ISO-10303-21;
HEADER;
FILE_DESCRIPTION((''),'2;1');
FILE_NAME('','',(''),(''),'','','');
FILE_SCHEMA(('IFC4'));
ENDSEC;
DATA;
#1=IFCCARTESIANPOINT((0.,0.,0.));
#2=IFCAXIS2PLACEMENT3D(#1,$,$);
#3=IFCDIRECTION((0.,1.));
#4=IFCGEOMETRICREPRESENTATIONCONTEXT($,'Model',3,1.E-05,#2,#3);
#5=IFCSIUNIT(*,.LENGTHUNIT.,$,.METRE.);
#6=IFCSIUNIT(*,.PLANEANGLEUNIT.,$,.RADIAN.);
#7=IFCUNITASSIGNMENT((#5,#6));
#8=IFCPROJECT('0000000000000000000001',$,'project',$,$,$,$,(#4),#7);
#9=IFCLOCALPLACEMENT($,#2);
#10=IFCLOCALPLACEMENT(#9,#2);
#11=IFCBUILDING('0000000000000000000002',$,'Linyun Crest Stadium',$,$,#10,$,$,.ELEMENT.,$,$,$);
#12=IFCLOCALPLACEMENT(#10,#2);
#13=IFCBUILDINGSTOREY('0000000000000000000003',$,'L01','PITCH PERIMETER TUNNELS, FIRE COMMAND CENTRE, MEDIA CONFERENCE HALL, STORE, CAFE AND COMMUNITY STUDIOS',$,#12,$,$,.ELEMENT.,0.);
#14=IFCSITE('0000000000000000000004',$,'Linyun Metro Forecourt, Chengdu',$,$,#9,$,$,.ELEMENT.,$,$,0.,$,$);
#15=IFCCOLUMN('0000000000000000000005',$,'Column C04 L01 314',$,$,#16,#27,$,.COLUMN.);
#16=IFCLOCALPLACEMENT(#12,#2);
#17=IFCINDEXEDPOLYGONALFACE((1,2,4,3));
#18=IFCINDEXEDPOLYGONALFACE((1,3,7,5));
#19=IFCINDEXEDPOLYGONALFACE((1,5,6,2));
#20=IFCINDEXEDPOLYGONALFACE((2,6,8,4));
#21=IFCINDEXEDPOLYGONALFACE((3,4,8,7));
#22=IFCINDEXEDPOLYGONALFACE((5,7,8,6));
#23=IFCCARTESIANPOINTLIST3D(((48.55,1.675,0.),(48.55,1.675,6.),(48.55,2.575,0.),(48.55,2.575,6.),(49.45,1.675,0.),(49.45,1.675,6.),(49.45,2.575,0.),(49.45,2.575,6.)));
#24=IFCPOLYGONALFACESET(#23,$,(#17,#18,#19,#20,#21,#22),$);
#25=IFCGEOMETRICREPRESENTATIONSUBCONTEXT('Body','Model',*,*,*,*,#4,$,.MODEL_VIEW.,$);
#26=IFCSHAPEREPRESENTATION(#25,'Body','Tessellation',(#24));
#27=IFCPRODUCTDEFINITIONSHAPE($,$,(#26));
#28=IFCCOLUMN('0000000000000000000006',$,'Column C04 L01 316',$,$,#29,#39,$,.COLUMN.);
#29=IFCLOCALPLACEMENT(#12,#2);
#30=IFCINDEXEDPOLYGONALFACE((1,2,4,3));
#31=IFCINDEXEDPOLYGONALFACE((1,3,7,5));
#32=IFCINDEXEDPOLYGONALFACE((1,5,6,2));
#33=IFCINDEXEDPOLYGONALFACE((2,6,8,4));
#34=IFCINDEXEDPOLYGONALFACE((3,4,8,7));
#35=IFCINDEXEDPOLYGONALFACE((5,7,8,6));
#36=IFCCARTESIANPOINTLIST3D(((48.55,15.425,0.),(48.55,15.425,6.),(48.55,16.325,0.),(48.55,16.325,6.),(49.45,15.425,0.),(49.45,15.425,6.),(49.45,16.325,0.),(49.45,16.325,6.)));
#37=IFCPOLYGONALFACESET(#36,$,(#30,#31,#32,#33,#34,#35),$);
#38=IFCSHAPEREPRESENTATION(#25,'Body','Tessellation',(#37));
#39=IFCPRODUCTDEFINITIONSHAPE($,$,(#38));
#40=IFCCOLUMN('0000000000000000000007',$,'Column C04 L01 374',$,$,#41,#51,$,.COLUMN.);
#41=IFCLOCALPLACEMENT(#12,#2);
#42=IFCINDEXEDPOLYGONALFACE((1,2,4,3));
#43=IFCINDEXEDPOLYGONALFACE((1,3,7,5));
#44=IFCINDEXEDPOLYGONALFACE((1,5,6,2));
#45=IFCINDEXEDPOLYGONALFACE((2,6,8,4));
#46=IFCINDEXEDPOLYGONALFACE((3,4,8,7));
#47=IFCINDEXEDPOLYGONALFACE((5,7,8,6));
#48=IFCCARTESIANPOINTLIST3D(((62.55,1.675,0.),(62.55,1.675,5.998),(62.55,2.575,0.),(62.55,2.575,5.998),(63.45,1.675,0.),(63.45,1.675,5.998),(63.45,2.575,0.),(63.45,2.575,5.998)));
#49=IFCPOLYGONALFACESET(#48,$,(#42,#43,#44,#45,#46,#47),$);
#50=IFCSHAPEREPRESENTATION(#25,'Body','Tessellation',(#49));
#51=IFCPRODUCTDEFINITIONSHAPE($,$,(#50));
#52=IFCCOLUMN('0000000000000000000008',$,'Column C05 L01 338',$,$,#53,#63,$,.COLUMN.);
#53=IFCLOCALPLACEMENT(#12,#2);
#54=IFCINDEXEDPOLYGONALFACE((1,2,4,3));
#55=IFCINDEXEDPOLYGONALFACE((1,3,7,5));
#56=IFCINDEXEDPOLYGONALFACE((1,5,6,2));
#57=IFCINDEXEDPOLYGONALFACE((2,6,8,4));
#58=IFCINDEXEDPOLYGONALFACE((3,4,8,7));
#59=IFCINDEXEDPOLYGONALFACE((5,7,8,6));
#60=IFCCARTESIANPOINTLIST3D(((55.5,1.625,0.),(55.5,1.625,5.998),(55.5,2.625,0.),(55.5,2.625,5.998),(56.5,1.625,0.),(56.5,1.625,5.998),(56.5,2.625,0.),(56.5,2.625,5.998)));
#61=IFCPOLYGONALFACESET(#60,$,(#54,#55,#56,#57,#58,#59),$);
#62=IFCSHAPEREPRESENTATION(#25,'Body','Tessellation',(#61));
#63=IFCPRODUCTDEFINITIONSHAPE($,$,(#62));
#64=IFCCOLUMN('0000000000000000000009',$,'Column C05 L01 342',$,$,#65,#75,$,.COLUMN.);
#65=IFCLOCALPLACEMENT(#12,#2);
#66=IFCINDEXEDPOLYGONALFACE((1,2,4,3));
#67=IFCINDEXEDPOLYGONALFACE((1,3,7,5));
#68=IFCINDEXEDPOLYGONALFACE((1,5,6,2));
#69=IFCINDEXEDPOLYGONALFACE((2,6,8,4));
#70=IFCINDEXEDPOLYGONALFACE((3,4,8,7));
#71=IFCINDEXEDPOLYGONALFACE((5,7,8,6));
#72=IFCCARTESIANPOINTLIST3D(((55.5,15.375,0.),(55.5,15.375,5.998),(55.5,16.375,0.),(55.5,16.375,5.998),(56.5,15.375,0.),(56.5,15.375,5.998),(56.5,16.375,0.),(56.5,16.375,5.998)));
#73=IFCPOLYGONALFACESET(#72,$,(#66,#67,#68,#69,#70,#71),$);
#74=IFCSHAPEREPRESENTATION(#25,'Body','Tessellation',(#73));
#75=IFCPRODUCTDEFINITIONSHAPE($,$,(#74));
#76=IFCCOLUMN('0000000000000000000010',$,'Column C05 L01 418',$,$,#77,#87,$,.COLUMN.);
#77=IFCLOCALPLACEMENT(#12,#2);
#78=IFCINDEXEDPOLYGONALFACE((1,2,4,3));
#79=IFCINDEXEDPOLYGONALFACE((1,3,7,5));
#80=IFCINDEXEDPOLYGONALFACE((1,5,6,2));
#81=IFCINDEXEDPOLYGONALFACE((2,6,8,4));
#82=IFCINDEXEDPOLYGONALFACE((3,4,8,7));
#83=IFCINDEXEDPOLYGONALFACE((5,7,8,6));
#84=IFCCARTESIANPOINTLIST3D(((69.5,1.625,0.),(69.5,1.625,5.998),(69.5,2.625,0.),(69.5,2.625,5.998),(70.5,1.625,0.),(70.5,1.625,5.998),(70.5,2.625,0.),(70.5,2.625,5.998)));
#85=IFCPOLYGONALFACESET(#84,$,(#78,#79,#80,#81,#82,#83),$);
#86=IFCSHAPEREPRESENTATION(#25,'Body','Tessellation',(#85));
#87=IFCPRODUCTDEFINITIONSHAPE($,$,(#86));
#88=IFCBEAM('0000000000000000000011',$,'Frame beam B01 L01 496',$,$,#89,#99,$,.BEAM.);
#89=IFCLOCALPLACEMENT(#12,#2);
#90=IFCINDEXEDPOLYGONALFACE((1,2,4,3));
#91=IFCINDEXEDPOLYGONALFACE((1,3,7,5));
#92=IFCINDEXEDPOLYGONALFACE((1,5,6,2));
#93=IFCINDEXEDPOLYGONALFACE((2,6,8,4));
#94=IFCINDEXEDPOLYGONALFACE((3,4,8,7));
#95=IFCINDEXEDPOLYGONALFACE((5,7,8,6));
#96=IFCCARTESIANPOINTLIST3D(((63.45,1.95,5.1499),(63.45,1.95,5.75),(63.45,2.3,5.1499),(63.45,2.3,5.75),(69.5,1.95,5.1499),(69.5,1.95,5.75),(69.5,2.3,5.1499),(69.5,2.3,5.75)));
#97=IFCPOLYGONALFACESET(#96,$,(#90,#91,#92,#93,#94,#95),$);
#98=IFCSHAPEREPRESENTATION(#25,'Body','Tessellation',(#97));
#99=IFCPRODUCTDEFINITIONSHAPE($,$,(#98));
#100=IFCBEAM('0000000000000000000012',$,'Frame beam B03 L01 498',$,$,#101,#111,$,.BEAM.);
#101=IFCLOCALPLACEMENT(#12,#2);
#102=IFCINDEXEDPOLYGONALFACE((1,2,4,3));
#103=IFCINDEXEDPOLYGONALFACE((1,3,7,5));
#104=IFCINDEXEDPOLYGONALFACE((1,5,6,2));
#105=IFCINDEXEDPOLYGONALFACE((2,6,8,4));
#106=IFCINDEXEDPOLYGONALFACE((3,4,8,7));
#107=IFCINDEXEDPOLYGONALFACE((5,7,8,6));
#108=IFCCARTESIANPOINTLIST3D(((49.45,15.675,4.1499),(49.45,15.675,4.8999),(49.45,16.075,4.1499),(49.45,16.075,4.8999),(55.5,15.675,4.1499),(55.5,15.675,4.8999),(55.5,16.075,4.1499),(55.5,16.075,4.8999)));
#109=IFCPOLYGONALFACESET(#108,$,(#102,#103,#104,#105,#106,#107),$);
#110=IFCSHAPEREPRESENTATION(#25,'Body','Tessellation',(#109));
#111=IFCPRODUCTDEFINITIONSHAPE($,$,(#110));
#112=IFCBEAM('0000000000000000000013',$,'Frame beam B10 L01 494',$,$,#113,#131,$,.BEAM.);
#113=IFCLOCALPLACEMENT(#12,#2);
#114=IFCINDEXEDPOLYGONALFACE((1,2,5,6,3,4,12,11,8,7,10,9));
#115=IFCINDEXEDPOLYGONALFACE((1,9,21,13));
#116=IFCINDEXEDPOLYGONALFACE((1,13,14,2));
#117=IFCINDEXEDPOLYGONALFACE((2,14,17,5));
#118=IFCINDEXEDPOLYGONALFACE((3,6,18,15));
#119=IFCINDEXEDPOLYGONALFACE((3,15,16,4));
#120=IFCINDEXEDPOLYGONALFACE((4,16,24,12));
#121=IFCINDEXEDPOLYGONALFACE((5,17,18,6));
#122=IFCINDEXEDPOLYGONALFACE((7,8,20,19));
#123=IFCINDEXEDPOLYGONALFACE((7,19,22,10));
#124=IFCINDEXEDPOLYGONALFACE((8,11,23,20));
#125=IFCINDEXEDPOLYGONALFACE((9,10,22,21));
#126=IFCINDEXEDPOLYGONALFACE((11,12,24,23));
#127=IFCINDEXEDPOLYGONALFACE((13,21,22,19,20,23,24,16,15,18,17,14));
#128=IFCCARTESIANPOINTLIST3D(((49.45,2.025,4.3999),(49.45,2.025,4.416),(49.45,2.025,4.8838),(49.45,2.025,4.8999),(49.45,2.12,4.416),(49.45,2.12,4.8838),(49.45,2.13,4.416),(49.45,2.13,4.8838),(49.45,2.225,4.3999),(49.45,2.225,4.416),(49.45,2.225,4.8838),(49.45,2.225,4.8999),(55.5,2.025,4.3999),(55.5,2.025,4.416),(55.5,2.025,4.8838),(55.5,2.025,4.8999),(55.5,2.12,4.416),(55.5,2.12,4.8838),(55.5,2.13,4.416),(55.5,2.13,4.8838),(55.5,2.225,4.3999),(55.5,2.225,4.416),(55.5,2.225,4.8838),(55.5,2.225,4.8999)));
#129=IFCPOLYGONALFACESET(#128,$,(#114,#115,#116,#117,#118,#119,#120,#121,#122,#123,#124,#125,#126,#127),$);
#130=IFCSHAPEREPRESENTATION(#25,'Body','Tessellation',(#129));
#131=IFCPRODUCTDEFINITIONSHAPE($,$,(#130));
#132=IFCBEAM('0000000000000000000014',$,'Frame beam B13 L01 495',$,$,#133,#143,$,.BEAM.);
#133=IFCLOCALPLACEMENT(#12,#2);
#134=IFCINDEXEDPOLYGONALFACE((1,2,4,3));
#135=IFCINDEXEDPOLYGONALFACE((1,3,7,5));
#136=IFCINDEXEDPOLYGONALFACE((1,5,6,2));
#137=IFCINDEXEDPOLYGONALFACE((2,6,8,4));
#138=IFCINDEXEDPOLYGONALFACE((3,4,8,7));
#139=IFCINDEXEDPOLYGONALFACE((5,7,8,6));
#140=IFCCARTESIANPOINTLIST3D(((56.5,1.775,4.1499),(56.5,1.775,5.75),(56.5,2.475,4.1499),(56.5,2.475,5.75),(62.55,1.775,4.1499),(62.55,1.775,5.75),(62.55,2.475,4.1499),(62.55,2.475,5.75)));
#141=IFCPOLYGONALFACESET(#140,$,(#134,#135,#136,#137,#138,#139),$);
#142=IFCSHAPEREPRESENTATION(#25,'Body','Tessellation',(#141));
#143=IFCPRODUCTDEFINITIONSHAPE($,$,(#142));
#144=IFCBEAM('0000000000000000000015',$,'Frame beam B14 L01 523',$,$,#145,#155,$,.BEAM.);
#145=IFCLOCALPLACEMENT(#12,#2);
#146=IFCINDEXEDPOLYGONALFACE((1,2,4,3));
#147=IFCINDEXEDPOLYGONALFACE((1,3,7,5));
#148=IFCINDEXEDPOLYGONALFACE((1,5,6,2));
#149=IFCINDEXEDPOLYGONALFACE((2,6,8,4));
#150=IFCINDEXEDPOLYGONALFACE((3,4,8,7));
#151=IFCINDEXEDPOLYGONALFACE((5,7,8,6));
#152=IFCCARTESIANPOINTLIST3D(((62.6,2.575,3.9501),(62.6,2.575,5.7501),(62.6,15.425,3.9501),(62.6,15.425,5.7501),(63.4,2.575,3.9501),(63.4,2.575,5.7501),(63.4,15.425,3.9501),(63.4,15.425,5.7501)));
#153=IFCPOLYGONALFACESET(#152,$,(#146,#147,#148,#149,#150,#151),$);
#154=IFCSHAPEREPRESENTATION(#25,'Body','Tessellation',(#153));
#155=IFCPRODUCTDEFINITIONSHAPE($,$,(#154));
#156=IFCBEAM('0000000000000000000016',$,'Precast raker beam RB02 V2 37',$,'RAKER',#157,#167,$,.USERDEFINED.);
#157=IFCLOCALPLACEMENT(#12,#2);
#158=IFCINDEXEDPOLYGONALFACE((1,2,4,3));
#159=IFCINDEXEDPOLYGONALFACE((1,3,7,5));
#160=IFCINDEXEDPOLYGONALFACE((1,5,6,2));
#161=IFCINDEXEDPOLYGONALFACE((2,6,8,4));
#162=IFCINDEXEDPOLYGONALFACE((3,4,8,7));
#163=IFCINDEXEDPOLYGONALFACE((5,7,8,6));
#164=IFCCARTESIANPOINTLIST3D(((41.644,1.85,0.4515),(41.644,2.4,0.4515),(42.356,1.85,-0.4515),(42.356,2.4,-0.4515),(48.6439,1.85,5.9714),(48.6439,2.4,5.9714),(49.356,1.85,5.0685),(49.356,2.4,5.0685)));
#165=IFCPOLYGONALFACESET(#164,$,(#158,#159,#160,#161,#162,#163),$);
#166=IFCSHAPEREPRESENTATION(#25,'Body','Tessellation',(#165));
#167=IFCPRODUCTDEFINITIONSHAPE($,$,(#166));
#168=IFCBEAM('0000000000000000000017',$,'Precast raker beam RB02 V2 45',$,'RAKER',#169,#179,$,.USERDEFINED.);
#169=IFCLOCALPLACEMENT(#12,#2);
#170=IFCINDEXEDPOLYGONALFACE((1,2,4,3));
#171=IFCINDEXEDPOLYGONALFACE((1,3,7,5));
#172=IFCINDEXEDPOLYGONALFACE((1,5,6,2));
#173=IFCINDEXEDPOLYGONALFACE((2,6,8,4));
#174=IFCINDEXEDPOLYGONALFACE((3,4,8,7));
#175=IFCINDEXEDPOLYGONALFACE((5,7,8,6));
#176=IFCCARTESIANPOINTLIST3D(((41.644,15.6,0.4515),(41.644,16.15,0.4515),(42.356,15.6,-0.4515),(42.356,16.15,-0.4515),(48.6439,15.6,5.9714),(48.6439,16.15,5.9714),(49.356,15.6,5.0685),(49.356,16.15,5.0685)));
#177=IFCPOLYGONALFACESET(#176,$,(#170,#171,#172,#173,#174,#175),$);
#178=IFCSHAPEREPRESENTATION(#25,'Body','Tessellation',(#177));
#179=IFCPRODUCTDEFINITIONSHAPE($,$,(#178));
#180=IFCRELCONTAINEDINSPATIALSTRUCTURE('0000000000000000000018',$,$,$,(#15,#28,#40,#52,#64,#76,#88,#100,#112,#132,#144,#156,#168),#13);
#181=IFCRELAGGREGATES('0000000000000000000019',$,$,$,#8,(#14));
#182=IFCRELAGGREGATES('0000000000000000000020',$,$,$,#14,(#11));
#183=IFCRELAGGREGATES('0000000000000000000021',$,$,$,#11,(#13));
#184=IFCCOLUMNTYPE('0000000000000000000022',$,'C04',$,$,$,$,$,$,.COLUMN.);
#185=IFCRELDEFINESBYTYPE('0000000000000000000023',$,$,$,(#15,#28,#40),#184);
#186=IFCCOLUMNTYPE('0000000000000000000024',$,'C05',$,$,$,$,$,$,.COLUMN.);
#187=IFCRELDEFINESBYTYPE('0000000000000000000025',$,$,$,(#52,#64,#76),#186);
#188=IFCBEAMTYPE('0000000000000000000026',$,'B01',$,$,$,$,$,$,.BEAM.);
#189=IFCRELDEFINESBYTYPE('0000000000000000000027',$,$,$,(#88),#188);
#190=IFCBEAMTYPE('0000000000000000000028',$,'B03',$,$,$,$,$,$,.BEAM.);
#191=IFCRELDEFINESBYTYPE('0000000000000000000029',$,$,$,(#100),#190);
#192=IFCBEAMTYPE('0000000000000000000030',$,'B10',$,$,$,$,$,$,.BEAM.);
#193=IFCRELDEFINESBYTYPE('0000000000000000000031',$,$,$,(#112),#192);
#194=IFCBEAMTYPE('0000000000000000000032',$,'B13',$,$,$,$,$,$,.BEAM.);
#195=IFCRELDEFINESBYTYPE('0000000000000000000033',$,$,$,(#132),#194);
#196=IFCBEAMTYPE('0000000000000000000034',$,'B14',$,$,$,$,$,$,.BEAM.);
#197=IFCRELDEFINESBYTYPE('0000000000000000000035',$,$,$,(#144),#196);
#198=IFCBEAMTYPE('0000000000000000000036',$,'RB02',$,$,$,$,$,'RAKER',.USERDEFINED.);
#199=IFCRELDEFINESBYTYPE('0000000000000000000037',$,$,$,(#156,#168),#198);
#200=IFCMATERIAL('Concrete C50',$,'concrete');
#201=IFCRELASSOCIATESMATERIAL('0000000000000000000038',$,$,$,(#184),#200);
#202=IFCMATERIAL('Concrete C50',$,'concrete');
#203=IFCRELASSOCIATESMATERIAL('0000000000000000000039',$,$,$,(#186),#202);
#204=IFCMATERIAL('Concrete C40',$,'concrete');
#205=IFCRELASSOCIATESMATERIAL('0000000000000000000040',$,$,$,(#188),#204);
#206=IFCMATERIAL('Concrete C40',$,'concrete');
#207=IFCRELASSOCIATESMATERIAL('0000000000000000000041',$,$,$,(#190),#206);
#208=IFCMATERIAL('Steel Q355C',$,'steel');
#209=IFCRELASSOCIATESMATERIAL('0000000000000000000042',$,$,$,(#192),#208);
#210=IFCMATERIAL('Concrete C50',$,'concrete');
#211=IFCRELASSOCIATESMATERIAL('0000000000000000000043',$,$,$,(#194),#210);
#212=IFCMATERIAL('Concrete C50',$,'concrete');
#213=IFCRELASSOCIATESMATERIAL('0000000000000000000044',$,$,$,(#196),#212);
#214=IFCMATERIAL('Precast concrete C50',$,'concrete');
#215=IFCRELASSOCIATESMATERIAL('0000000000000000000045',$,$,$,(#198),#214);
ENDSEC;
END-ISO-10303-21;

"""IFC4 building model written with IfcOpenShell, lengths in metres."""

from ifc_helpers import new_model, si_unit, direction, frame, origin, origin_2d, place, context, subcontext, project, spatial, rectangle, i_section, extrude, material, material_profile, profile_set, type_object, element, save


model = new_model("IFC4")

# Units and contexts
model_context = context("Model", 3, precision=1e-05, world=origin(), true_north=direction((0.0, 1.0)))
body_context = subcontext(model_context, "Body", "Model", "MODEL_VIEW")
ifc_project = project(units=[si_unit("LENGTHUNIT", "METRE"), si_unit("PLANEANGLEUNIT", "RADIAN")], contexts=[model_context])

# Site, building, storey
site_placement = place(None, origin())
site = spatial("IfcSite", under=ifc_project, at=site_placement, Name="Linyun Metro Forecourt, Chengdu", CompositionType="ELEMENT", RefElevation=0.0)
building_placement = place(site_placement, origin())
building = spatial("IfcBuilding", under=site, at=building_placement, Name="Linyun Crest Stadium", CompositionType="ELEMENT")
storey_placement = place(building_placement, origin())
storey = spatial("IfcBuildingStorey", under=building, at=storey_placement, Name="L01", Description="PITCH PERIMETER TUNNELS, FIRE COMMAND CENTRE, MEDIA CONFERENCE HALL, STORE, CAFE AND COMMUNITY STUDIOS", CompositionType="ELEMENT", Elevation=0.0)

# Columns
ifc_material_1 = material(Name="Concrete C50", Category="concrete")
ifc_material_profile_1 = material_profile(ifc_material_1, rectangle(XDim=0.8999, YDim=0.8999, at=origin_2d()), Name="RC 900x900")
ifc_profile_set_1 = profile_set([ifc_material_profile_1], Name="Concrete C50")
column_type_1 = type_object("IfcColumnType", Name="C04", PredefinedType="COLUMN", material=ifc_profile_set_1)
for number, where, z_axis, x_axis, name in (
    (1, (49.0, 2.125, 0.0), (0.0, 0.0, 1.0), (1.0, 0.0, 0.0), "Column C04 L01 314"),
    (2, (49.0, 15.875, 0.0), (0.0, 0.0, 1.0), (1.0, 0.0, 0.0), "Column C04 L01 316"),
):
    element("IfcColumn", number, at=place(storey_placement, frame(where, z_axis=z_axis, x_axis=x_axis)), inside=storey, type_object=column_type_1, Name=name, PredefinedType="COLUMN", context=body_context, shape_type="SweptSolid", body=[
        extrude(rectangle(XDim=0.8999, YDim=0.8999, at=origin_2d()), origin(), (0.0, 0.0, 1.0), 6.0),
    ])
column_placement = place(storey_placement, frame((63.0, 2.125, 0.0), z_axis=(0.0, 0.0, 1.0), x_axis=(1.0, 0.0, 0.0)))
element("IfcColumn", 3, at=column_placement, inside=storey, type_object=column_type_1, Name="Column C04 L01 374", PredefinedType="COLUMN", context=body_context, shape_type="SweptSolid", body=[
    extrude(rectangle(XDim=0.8999, YDim=0.8999, at=origin_2d()), origin(), (0.0, 0.0, 1.0), 5.998),
])
ifc_material_2 = material(Name="Concrete C50", Category="concrete")
ifc_material_profile_2 = material_profile(ifc_material_2, rectangle(XDim=1.0, YDim=1.0, at=origin_2d()), Name="RC 1000x1000")
ifc_profile_set_2 = profile_set([ifc_material_profile_2], Name="Concrete C50")
column_type_2 = type_object("IfcColumnType", Name="C05", PredefinedType="COLUMN", material=ifc_profile_set_2)
for number, where, z_axis, x_axis, name in (
    (4, (56.0, 2.125, 0.0), (0.0, 0.0, 1.0), (1.0, 0.0, 0.0), "Column C05 L01 338"),
    (5, (56.0, 15.875, 0.0), (0.0, 0.0, 1.0), (1.0, 0.0, 0.0), "Column C05 L01 342"),
    (6, (70.0, 2.125, 0.0), (0.0, 0.0, 1.0), (1.0, 0.0, 0.0), "Column C05 L01 418"),
):
    element("IfcColumn", number, at=place(storey_placement, frame(where, z_axis=z_axis, x_axis=x_axis)), inside=storey, type_object=column_type_2, Name=name, PredefinedType="COLUMN", context=body_context, shape_type="SweptSolid", body=[
        extrude(rectangle(XDim=1.0, YDim=1.0, at=origin_2d()), origin(), (0.0, 0.0, 1.0), 5.998),
    ])

# Beams
ifc_material_3 = material(Name="Concrete C40", Category="concrete")
ifc_material_profile_3 = material_profile(ifc_material_3, rectangle(XDim=0.3501, YDim=0.6001, at=origin_2d()), Name="RCB 600x350")
ifc_profile_set_3 = profile_set([ifc_material_profile_3], Name="Concrete C40")
beam_type_1 = type_object("IfcBeamType", Name="B01", PredefinedType="BEAM", material=ifc_profile_set_3)
beam_1_placement = place(storey_placement, frame((63.45, 2.125, 5.45), z_axis=(1.0, 0.0, 0.0), x_axis=(0.0, 1.0, 0.0)))
element("IfcBeam", 7, at=beam_1_placement, inside=storey, type_object=beam_type_1, Name="Frame beam B01 L01 496", PredefinedType="BEAM", context=body_context, shape_type="SweptSolid", body=[
    extrude(rectangle(XDim=0.3501, YDim=0.6001, at=origin_2d()), origin(), (0.0, 0.0, 1.0), 6.05),
])
ifc_material_4 = material(Name="Concrete C40", Category="concrete")
ifc_material_profile_4 = material_profile(ifc_material_4, rectangle(XDim=0.3999, YDim=0.75, at=origin_2d()), Name="RCB 750x400")
ifc_profile_set_4 = profile_set([ifc_material_profile_4], Name="Concrete C40")
beam_type_2 = type_object("IfcBeamType", Name="B03", PredefinedType="BEAM", material=ifc_profile_set_4)
beam_2_placement = place(storey_placement, frame((49.45, 15.875, 4.5249), z_axis=(1.0, 0.0, 0.0), x_axis=(0.0, 1.0, 0.0)))
element("IfcBeam", 8, at=beam_2_placement, inside=storey, type_object=beam_type_2, Name="Frame beam B03 L01 498", PredefinedType="BEAM", context=body_context, shape_type="SweptSolid", body=[
    extrude(rectangle(XDim=0.3999, YDim=0.75, at=origin_2d()), origin(), (0.0, 0.0, 1.0), 6.05),
])
ifc_material_5 = material(Name="Steel Q355C", Category="steel")
ifc_material_profile_5 = material_profile(ifc_material_5, i_section(OverallWidth=0.2, OverallDepth=0.5, WebThickness=0.01, FlangeThickness=0.0161, at=origin_2d()), Name="HN 500x200")
ifc_profile_set_5 = profile_set([ifc_material_profile_5], Name="Steel Q355C")
beam_type_3 = type_object("IfcBeamType", Name="B10", PredefinedType="BEAM", material=ifc_profile_set_5)
beam_3_placement = place(storey_placement, frame((49.45, 2.125, 4.6499), z_axis=(1.0, 0.0, 0.0), x_axis=(0.0, 1.0, 0.0)))
element("IfcBeam", 9, at=beam_3_placement, inside=storey, type_object=beam_type_3, Name="Frame beam B10 L01 494", PredefinedType="BEAM", context=body_context, shape_type="SweptSolid", body=[
    extrude(i_section(OverallWidth=0.2, OverallDepth=0.5, WebThickness=0.01, FlangeThickness=0.0161, at=origin_2d()), origin(), (0.0, 0.0, 1.0), 6.05),
])
ifc_material_6 = material(Name="Concrete C50", Category="concrete")
ifc_material_profile_6 = material_profile(ifc_material_6, rectangle(XDim=0.7, YDim=1.6001, at=origin_2d()), Name="RCB 1600x700")
ifc_profile_set_6 = profile_set([ifc_material_profile_6], Name="Concrete C50")
beam_type_4 = type_object("IfcBeamType", Name="B13", PredefinedType="BEAM", material=ifc_profile_set_6)
beam_4_placement = place(storey_placement, frame((56.5, 2.125, 4.95), z_axis=(1.0, 0.0, 0.0), x_axis=(0.0, 1.0, 0.0)))
element("IfcBeam", 10, at=beam_4_placement, inside=storey, type_object=beam_type_4, Name="Frame beam B13 L01 495", PredefinedType="BEAM", context=body_context, shape_type="SweptSolid", body=[
    extrude(rectangle(XDim=0.7, YDim=1.6001, at=origin_2d()), origin(), (0.0, 0.0, 1.0), 6.05),
])
ifc_material_7 = material(Name="Concrete C50", Category="concrete")
ifc_material_profile_7 = material_profile(ifc_material_7, rectangle(XDim=0.8, YDim=1.8, at=origin_2d()), Name="RCB 1800x800")
ifc_profile_set_7 = profile_set([ifc_material_profile_7], Name="Concrete C50")
beam_type_5 = type_object("IfcBeamType", Name="B14", PredefinedType="BEAM", material=ifc_profile_set_7)
beam_5_placement = place(storey_placement, frame((63.0, 2.575, 4.8501), z_axis=(0.0, 1.0, 0.0), x_axis=(-1.0, 0.0, 0.0)))
element("IfcBeam", 11, at=beam_5_placement, inside=storey, type_object=beam_type_5, Name="Frame beam B14 L01 523", PredefinedType="BEAM", context=body_context, shape_type="SweptSolid", body=[
    extrude(rectangle(XDim=0.8, YDim=1.8, at=origin_2d()), origin(), (0.0, 0.0, 1.0), 12.8501),
])
ifc_material_8 = material(Name="Precast concrete C50", Category="concrete")
ifc_material_profile_8 = material_profile(ifc_material_8, rectangle(XDim=0.55, YDim=1.1499, at=origin_2d()), Name="PCR 1150x550")
ifc_profile_set_8 = profile_set([ifc_material_profile_8], Name="Precast concrete C50")
beam_type_6 = type_object("IfcBeamType", Name="RB02", ElementType="RAKER", PredefinedType="USERDEFINED", material=ifc_profile_set_8)
for number, where, z_axis, x_axis, name in (
    (12, (42.0, 2.125, 0.0), (0.785226, 0.0, 0.619209), (0.0, 1.0, 0.0), "Precast raker beam RB02 V2 37"),
    (13, (42.0, 15.875, 0.0), (0.785226, 0.0, 0.619209), (0.0, 1.0, 0.0), "Precast raker beam RB02 V2 45"),
):
    element("IfcBeam", number, at=place(storey_placement, frame(where, z_axis=z_axis, x_axis=x_axis)), inside=storey, type_object=beam_type_6, Name=name, ObjectType="RAKER", PredefinedType="USERDEFINED", context=body_context, shape_type="SweptSolid", body=[
        extrude(rectangle(XDim=0.55, YDim=1.1499, at=origin_2d()), origin(), (0.0, 0.0, 1.0), 8.9146),
    ])

save(model, "model.ifc")
